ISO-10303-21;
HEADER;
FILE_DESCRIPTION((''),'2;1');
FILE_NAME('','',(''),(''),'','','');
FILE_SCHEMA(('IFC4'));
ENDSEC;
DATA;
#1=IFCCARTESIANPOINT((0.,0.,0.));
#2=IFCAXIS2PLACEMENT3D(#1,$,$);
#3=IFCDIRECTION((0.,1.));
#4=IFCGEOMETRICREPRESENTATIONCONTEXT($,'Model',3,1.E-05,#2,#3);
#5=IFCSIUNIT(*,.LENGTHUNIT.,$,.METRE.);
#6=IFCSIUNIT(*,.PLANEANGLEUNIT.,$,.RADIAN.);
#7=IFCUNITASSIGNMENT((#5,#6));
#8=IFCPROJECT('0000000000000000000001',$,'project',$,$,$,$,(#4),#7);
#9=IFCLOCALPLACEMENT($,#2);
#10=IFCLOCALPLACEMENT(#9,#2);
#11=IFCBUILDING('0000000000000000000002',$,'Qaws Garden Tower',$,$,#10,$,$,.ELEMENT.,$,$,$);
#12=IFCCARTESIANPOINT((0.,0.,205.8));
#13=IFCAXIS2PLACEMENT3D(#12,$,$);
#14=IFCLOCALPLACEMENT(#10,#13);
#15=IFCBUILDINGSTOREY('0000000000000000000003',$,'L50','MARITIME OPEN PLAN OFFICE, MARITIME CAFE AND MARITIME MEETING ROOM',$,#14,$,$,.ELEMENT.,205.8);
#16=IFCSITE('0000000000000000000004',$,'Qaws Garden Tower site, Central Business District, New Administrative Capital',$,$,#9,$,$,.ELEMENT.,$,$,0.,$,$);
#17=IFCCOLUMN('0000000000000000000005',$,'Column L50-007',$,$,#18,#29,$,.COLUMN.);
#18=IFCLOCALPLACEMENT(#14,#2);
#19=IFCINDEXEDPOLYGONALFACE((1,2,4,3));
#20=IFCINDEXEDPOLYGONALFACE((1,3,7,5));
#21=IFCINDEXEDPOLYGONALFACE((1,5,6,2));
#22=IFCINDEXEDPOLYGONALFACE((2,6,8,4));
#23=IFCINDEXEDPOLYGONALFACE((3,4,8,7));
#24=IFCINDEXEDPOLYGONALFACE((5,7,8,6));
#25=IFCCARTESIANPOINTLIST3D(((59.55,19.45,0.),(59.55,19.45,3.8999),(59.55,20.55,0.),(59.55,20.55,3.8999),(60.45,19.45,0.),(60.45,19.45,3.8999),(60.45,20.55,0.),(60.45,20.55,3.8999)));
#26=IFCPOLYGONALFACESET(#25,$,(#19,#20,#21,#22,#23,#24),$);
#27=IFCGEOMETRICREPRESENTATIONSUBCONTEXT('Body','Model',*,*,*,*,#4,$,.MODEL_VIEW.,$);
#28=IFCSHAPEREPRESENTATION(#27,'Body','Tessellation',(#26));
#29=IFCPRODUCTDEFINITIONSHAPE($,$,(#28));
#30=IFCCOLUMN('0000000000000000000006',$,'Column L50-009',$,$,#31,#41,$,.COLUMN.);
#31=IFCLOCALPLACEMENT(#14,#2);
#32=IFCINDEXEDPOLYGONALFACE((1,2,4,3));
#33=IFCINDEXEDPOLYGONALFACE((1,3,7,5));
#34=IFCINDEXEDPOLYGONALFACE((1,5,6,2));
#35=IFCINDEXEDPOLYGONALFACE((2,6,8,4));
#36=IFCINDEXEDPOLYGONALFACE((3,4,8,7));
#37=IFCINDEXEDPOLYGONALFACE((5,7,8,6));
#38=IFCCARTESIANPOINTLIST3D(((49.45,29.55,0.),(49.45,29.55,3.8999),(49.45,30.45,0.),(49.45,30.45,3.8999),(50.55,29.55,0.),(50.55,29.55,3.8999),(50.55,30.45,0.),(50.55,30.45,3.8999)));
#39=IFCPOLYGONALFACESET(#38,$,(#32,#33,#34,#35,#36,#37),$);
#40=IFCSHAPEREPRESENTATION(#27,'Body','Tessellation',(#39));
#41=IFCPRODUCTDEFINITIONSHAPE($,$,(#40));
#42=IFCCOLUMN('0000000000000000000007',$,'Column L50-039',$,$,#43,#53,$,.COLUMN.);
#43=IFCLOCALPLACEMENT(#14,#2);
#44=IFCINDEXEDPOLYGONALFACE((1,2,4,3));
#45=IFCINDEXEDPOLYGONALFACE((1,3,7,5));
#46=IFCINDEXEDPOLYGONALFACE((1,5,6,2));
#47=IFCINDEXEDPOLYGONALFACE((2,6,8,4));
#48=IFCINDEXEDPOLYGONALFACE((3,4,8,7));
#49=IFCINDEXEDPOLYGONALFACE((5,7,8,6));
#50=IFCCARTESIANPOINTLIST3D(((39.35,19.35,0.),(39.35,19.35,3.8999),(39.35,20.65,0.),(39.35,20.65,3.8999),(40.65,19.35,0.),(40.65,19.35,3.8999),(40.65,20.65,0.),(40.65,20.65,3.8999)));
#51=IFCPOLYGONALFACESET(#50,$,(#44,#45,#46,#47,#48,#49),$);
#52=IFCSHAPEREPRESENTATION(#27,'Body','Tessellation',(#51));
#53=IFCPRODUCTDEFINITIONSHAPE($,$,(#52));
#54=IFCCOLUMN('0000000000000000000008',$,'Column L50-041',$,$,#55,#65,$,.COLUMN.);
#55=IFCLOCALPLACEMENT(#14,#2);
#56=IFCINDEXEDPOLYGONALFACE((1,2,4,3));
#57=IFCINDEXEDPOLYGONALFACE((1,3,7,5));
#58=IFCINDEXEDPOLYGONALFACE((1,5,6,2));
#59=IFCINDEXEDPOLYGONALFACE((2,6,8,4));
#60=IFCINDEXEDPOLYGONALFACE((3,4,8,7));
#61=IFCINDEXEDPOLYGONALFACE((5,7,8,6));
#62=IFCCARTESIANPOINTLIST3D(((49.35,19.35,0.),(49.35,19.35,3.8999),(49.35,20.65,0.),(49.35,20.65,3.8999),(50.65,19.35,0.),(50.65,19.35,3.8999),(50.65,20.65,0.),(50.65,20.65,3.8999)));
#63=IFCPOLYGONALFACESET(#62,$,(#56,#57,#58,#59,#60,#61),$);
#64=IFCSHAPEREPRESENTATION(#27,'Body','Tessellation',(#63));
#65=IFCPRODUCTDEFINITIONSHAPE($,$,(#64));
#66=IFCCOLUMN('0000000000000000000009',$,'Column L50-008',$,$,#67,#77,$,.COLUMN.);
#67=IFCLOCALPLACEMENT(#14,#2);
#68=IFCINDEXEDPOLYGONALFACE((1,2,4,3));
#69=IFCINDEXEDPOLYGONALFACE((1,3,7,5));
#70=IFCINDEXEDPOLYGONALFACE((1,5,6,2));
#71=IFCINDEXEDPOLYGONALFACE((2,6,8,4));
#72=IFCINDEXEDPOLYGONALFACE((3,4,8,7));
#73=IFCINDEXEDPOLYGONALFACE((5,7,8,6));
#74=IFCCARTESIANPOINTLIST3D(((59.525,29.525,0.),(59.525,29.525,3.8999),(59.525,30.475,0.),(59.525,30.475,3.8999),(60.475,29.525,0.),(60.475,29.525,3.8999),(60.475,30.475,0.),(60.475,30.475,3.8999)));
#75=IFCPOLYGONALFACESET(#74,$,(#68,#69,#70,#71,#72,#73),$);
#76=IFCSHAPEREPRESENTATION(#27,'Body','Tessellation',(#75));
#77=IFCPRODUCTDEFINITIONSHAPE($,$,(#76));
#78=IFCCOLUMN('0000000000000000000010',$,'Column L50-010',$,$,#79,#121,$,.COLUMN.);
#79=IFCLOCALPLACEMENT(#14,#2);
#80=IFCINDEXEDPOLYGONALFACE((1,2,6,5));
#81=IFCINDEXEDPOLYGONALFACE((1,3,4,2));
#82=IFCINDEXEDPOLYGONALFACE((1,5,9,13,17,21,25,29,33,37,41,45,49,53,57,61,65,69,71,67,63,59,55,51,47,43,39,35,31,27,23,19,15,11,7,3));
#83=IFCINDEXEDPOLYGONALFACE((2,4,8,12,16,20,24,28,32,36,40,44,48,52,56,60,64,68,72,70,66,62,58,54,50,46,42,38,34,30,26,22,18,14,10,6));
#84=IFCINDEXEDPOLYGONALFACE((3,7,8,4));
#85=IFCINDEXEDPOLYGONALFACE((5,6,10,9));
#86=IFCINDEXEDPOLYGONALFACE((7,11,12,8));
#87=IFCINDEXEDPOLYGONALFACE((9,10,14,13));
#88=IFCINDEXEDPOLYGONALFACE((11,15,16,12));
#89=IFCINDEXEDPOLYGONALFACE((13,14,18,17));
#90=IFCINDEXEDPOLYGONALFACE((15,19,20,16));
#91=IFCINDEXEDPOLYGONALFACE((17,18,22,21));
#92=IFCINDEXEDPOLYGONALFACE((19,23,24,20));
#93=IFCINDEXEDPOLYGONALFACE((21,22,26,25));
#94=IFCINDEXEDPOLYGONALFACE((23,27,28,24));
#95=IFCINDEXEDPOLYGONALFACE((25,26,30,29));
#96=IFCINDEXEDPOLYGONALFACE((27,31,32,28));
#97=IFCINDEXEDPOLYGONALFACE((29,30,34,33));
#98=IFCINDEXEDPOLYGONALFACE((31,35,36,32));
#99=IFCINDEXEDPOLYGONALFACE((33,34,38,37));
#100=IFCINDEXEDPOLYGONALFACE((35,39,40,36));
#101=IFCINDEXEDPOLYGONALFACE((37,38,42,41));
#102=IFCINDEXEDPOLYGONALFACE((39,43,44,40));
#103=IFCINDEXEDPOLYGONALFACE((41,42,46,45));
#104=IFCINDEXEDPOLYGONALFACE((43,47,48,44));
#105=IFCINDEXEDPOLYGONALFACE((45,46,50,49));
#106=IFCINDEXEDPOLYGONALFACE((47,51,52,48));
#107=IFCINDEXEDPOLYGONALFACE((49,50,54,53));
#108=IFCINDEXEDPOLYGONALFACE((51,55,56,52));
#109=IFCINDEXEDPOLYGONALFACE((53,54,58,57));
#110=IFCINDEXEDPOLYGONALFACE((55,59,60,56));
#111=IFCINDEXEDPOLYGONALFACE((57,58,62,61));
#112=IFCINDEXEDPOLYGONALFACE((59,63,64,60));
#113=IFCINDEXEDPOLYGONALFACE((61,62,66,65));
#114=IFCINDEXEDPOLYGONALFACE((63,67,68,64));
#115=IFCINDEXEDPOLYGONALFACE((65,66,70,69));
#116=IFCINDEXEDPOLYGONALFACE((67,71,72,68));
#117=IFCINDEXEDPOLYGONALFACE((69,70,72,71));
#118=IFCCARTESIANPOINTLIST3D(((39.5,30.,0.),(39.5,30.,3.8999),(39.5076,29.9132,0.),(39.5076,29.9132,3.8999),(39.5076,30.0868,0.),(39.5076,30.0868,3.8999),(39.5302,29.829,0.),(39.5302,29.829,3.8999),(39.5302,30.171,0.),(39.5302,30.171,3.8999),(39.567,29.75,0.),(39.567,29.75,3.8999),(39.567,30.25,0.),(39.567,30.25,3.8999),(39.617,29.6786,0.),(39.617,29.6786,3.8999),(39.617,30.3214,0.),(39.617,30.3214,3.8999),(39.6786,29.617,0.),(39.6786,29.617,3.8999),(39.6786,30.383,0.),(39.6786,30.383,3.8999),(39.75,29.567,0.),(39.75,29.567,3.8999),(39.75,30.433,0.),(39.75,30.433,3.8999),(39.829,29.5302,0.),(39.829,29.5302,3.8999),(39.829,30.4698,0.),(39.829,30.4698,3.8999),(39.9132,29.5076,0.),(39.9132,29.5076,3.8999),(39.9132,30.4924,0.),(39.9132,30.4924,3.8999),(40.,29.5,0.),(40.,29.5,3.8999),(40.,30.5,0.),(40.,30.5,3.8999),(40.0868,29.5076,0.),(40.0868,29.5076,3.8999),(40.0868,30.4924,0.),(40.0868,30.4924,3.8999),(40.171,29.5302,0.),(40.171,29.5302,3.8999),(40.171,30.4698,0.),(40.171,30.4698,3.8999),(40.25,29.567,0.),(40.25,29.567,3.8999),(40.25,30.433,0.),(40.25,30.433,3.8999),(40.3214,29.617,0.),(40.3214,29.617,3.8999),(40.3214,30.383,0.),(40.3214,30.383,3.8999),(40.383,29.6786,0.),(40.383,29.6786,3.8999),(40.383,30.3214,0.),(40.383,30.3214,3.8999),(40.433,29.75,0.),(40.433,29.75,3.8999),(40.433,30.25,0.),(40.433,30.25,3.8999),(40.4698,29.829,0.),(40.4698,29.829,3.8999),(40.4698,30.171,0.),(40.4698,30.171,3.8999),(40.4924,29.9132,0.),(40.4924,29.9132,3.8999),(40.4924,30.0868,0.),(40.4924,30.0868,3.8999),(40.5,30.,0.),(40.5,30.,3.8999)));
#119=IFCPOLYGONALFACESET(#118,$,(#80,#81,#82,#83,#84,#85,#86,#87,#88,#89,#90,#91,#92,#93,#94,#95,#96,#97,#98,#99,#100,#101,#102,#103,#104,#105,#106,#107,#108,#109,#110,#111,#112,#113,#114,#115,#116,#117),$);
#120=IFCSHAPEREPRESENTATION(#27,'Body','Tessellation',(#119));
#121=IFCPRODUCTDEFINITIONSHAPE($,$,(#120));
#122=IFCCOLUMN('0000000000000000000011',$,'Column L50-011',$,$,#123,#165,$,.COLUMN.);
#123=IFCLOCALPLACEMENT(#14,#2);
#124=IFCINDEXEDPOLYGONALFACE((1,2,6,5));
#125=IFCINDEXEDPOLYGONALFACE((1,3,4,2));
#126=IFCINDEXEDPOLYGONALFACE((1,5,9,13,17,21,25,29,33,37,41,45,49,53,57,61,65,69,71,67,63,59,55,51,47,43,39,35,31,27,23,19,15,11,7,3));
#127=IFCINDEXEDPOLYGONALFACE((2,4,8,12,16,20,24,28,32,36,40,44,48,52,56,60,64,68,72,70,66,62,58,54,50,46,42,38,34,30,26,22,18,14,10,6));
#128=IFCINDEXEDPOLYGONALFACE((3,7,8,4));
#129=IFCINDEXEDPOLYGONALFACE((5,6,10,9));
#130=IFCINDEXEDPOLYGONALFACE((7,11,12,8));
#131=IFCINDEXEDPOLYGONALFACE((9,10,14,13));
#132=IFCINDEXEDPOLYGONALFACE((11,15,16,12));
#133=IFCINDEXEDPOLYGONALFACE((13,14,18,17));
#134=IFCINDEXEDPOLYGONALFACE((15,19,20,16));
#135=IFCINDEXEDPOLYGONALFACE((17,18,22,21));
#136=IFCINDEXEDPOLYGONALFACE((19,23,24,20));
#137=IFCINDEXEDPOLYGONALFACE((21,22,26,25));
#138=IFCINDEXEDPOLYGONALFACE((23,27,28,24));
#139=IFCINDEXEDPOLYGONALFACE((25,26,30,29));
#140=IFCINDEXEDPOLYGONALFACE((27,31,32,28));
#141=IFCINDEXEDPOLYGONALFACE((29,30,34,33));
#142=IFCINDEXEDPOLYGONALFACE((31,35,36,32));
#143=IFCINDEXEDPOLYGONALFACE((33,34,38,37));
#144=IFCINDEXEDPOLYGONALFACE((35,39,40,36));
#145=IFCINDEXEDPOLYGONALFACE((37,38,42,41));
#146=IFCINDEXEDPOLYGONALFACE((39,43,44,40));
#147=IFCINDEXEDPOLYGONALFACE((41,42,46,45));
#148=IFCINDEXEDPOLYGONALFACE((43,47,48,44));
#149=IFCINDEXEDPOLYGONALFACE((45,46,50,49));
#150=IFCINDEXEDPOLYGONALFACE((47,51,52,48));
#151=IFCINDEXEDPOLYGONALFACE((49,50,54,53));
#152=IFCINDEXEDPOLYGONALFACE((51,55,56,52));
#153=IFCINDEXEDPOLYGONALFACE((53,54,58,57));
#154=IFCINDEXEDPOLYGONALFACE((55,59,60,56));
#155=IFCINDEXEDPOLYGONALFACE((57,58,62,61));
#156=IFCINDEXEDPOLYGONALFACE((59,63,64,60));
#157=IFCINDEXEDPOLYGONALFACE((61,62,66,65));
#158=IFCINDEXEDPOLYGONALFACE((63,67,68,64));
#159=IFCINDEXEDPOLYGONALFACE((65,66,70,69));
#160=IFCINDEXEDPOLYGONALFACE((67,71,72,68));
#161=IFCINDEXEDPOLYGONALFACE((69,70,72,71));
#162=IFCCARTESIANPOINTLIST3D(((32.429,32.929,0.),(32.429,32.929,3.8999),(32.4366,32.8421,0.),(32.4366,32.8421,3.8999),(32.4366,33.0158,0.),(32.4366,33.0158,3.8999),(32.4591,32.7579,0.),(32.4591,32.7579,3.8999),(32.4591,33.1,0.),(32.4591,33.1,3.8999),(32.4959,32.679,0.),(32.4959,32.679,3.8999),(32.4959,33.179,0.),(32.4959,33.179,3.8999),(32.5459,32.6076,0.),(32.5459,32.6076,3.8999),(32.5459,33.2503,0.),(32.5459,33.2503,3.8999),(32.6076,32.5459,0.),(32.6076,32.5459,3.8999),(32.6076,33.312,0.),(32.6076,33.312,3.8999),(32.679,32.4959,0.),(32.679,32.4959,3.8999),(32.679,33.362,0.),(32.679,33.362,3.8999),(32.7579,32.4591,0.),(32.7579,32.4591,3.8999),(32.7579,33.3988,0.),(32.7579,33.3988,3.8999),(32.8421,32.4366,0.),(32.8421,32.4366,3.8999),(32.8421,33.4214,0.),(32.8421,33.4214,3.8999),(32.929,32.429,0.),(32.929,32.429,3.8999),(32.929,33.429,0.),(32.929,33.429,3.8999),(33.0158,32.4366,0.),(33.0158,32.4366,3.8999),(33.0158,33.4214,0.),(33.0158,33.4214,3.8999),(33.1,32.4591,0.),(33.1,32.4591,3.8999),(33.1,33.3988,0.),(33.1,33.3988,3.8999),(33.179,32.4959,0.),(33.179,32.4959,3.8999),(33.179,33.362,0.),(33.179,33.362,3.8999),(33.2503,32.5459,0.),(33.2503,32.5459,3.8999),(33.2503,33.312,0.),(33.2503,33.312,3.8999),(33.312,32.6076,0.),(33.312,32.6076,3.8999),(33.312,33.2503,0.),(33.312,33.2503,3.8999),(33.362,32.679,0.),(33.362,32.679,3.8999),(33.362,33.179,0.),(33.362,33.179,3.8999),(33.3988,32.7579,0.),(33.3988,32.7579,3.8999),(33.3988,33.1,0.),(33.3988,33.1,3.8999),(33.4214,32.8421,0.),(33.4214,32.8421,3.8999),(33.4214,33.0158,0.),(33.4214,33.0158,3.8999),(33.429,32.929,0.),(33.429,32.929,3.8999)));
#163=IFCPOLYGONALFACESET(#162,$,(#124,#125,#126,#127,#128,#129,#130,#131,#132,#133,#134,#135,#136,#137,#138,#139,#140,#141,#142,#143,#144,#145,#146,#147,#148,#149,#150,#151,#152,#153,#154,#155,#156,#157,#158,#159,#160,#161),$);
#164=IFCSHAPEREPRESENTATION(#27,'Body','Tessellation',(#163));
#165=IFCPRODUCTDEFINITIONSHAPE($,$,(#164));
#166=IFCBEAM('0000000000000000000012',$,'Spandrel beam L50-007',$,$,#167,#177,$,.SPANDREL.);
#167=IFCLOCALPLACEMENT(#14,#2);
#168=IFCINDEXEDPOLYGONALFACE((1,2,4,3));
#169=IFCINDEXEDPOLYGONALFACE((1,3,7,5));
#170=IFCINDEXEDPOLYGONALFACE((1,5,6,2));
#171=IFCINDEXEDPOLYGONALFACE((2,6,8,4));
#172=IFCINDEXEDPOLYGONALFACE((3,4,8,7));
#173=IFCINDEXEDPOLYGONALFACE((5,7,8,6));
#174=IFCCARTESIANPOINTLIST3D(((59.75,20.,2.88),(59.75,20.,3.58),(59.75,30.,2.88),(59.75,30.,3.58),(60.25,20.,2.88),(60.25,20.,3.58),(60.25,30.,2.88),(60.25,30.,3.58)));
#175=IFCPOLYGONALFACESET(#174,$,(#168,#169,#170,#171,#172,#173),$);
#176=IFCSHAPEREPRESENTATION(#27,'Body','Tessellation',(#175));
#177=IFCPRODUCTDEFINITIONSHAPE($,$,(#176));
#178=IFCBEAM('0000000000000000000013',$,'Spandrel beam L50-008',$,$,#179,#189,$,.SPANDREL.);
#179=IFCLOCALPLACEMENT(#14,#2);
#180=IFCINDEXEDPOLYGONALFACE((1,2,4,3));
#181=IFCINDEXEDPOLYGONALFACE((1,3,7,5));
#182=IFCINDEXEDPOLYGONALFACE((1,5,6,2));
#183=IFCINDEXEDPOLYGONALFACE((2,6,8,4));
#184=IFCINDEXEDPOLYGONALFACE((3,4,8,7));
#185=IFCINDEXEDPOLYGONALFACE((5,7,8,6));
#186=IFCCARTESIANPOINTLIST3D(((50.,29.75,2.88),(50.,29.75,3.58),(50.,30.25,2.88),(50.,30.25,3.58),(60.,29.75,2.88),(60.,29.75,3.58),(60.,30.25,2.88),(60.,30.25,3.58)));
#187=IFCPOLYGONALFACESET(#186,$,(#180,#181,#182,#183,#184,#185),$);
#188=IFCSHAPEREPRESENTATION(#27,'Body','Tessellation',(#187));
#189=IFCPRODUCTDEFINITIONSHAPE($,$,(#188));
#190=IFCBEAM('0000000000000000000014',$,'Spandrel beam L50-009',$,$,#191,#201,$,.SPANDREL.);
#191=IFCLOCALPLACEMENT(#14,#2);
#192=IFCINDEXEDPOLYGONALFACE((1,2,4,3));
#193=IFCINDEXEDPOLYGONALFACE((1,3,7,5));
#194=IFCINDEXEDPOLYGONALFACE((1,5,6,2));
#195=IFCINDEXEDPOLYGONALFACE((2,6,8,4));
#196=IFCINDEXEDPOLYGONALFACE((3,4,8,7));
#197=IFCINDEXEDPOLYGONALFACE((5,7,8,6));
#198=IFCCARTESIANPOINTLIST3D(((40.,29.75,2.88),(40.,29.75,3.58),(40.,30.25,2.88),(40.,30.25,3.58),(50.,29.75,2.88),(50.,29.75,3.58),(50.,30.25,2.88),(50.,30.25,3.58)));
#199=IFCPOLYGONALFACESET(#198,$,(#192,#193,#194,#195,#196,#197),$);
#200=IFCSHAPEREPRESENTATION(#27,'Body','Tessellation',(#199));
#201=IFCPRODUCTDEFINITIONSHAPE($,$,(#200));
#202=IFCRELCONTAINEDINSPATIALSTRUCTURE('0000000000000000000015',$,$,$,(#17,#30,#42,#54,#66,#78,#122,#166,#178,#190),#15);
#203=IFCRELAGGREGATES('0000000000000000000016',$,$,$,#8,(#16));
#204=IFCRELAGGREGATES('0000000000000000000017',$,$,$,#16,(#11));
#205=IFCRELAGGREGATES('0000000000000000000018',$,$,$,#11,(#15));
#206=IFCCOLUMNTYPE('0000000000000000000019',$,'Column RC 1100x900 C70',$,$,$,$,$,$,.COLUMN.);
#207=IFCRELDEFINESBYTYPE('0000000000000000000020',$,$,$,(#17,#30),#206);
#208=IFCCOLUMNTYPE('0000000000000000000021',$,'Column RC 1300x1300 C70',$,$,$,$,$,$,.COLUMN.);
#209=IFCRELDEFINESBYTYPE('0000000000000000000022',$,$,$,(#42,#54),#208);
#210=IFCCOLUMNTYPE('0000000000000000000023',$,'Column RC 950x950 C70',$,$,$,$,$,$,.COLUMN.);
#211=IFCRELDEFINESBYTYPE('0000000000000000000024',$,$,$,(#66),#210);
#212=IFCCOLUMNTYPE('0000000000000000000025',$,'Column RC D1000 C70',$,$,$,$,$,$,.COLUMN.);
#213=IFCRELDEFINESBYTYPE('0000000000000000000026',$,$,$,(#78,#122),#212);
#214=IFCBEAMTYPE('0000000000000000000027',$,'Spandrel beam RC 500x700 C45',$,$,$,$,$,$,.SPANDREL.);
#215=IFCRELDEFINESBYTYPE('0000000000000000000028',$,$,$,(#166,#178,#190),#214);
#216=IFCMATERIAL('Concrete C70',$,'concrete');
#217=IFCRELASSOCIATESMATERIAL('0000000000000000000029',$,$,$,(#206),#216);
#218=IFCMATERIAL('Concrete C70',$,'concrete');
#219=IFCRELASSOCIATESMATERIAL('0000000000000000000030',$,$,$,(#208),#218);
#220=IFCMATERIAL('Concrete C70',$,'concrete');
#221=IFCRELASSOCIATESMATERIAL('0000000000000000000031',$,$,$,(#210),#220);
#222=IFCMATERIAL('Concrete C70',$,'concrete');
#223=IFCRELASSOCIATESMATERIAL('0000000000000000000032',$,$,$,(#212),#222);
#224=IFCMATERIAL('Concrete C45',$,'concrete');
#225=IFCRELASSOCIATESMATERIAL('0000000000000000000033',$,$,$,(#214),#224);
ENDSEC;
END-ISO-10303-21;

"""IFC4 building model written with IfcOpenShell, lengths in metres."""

from ifc_helpers import new_model, si_unit, direction, frame, origin, origin_2d, place, context, subcontext, project, spatial, rectangle, circle, extrude, material, material_profile, profile_set, type_object, element, save


model = new_model("IFC4")

# Units and contexts
model_context = context("Model", 3, precision=1e-05, world=origin(), true_north=direction((0.0, 1.0)))
body_context = subcontext(model_context, "Body", "Model", "MODEL_VIEW")
ifc_project = project(units=[si_unit("LENGTHUNIT", "METRE"), si_unit("PLANEANGLEUNIT", "RADIAN")], contexts=[model_context])

# Site, building, storey
site_placement = place(None, origin())
site = spatial("IfcSite", under=ifc_project, at=site_placement, Name="Qaws Garden Tower site, Central Business District, New Administrative Capital", CompositionType="ELEMENT", RefElevation=0.0)
building_placement = place(site_placement, origin())
building = spatial("IfcBuilding", under=site, at=building_placement, Name="Qaws Garden Tower", CompositionType="ELEMENT")
storey_placement = place(building_placement, frame((0.0, 0.0, 205.8)))
storey = spatial("IfcBuildingStorey", under=building, at=storey_placement, Name="L50", Description="MARITIME OPEN PLAN OFFICE, MARITIME CAFE AND MARITIME MEETING ROOM", CompositionType="ELEMENT", Elevation=205.8)

# Columns
ifc_material_1 = material(Name="Concrete C70", Category="concrete")
ifc_material_profile_1 = material_profile(ifc_material_1, rectangle(XDim=1.1001, YDim=0.8999, at=origin_2d()), Name="RC 1100x900")
ifc_profile_set_1 = profile_set([ifc_material_profile_1], Name="Concrete C70")
column_type_1 = type_object("IfcColumnType", Name="Column RC 1100x900 C70", PredefinedType="COLUMN", material=ifc_profile_set_1)
for number, where, z_axis, x_axis, name in (
    (1, (60.0, 20.0, 0.0), (0.0, 0.0, 1.0), (0.0, 1.0, 0.0), "Column L50-007"),
    (2, (50.0, 30.0, 0.0), (0.0, 0.0, 1.0), (1.0, 0.0, 0.0), "Column L50-009"),
):
    element("IfcColumn", number, at=place(storey_placement, frame(where, z_axis=z_axis, x_axis=x_axis)), inside=storey, type_object=column_type_1, Name=name, PredefinedType="COLUMN", context=body_context, shape_type="SweptSolid", body=[
        extrude(rectangle(XDim=1.1001, YDim=0.8999, at=origin_2d()), origin(), (0.0, 0.0, 1.0), 3.8999),
    ])
ifc_material_2 = material(Name="Concrete C70", Category="concrete")
ifc_material_profile_2 = material_profile(ifc_material_2, rectangle(XDim=1.3, YDim=1.3, at=origin_2d()), Name="RC 1300x1300")
ifc_profile_set_2 = profile_set([ifc_material_profile_2], Name="Concrete C70")
column_type_2 = type_object("IfcColumnType", Name="Column RC 1300x1300 C70", PredefinedType="COLUMN", material=ifc_profile_set_2)
for number, where, z_axis, x_axis, name in (
    (3, (40.0, 20.0, 0.0), (0.0, 0.0, 1.0), (1.0, 0.0, 0.0), "Column L50-039"),
    (4, (50.0, 20.0, 0.0), (0.0, 0.0, 1.0), (1.0, 0.0, 0.0), "Column L50-041"),
):
    element("IfcColumn", number, at=place(storey_placement, frame(where, z_axis=z_axis, x_axis=x_axis)), inside=storey, type_object=column_type_2, Name=name, PredefinedType="COLUMN", context=body_context, shape_type="SweptSolid", body=[
        extrude(rectangle(XDim=1.3, YDim=1.3, at=origin_2d()), origin(), (0.0, 0.0, 1.0), 3.8999),
    ])
ifc_material_3 = material(Name="Concrete C70", Category="concrete")
ifc_material_profile_3 = material_profile(ifc_material_3, rectangle(XDim=0.95, YDim=0.95, at=origin_2d()), Name="RC 950x950")
ifc_profile_set_3 = profile_set([ifc_material_profile_3], Name="Concrete C70")
column_type_3 = type_object("IfcColumnType", Name="Column RC 950x950 C70", PredefinedType="COLUMN", material=ifc_profile_set_3)
column_placement = place(storey_placement, frame((60.0, 30.0, 0.0), z_axis=(0.0, 0.0, 1.0), x_axis=(1.0, 0.0, 0.0)))
element("IfcColumn", 5, at=column_placement, inside=storey, type_object=column_type_3, Name="Column L50-008", PredefinedType="COLUMN", context=body_context, shape_type="SweptSolid", body=[
    extrude(rectangle(XDim=0.95, YDim=0.95, at=origin_2d()), origin(), (0.0, 0.0, 1.0), 3.8999),
])
ifc_material_4 = material(Name="Concrete C70", Category="concrete")
ifc_material_profile_4 = material_profile(ifc_material_4, circle(Radius=0.5, at=origin_2d()), Name="RC D1000")
ifc_profile_set_4 = profile_set([ifc_material_profile_4], Name="Concrete C70")
column_type_4 = type_object("IfcColumnType", Name="Column RC D1000 C70", PredefinedType="COLUMN", material=ifc_profile_set_4)
for number, where, z_axis, x_axis, name in (
    (6, (40.0, 30.0, 0.0), (0.0, 0.0, 1.0), (1.0, 0.0, 0.0), "Column L50-010"),
    (7, (32.929, 32.929, 0.0), (0.0, 0.0, 1.0), (1.0, 0.0, 0.0), "Column L50-011"),
):
    element("IfcColumn", number, at=place(storey_placement, frame(where, z_axis=z_axis, x_axis=x_axis)), inside=storey, type_object=column_type_4, Name=name, PredefinedType="COLUMN", context=body_context, shape_type="SweptSolid", body=[
        extrude(circle(Radius=0.5, at=origin_2d()), origin(), (0.0, 0.0, 1.0), 3.8999),
    ])

# Beams
ifc_material_5 = material(Name="Concrete C45", Category="concrete")
ifc_material_profile_5 = material_profile(ifc_material_5, rectangle(XDim=0.5, YDim=0.7, at=origin_2d()), Name="RC 500x700")
ifc_profile_set_5 = profile_set([ifc_material_profile_5], Name="Concrete C45")
beam_type = type_object("IfcBeamType", Name="Spandrel beam RC 500x700 C45", PredefinedType="SPANDREL", material=ifc_profile_set_5)
for number, where, z_axis, x_axis, name in (
    (8, (60.0, 20.0, 3.23), (0.0, 1.0, 0.0), (-1.0, 0.0, 0.0), "Spandrel beam L50-007"),
    (9, (60.0, 30.0, 3.23), (-1.0, 0.0, 0.0), (0.0, -1.0, 0.0), "Spandrel beam L50-008"),
    (10, (50.0, 30.0, 3.23), (-1.0, 0.0, 0.0), (0.0, -1.0, 0.0), "Spandrel beam L50-009"),
):
    element("IfcBeam", number, at=place(storey_placement, frame(where, z_axis=z_axis, x_axis=x_axis)), inside=storey, type_object=beam_type, Name=name, PredefinedType="SPANDREL", context=body_context, shape_type="SweptSolid", body=[
        extrude(rectangle(XDim=0.5, YDim=0.7, at=origin_2d()), origin(), (0.0, 0.0, 1.0), 10.0),
    ])

save(model, "model.ifc")
